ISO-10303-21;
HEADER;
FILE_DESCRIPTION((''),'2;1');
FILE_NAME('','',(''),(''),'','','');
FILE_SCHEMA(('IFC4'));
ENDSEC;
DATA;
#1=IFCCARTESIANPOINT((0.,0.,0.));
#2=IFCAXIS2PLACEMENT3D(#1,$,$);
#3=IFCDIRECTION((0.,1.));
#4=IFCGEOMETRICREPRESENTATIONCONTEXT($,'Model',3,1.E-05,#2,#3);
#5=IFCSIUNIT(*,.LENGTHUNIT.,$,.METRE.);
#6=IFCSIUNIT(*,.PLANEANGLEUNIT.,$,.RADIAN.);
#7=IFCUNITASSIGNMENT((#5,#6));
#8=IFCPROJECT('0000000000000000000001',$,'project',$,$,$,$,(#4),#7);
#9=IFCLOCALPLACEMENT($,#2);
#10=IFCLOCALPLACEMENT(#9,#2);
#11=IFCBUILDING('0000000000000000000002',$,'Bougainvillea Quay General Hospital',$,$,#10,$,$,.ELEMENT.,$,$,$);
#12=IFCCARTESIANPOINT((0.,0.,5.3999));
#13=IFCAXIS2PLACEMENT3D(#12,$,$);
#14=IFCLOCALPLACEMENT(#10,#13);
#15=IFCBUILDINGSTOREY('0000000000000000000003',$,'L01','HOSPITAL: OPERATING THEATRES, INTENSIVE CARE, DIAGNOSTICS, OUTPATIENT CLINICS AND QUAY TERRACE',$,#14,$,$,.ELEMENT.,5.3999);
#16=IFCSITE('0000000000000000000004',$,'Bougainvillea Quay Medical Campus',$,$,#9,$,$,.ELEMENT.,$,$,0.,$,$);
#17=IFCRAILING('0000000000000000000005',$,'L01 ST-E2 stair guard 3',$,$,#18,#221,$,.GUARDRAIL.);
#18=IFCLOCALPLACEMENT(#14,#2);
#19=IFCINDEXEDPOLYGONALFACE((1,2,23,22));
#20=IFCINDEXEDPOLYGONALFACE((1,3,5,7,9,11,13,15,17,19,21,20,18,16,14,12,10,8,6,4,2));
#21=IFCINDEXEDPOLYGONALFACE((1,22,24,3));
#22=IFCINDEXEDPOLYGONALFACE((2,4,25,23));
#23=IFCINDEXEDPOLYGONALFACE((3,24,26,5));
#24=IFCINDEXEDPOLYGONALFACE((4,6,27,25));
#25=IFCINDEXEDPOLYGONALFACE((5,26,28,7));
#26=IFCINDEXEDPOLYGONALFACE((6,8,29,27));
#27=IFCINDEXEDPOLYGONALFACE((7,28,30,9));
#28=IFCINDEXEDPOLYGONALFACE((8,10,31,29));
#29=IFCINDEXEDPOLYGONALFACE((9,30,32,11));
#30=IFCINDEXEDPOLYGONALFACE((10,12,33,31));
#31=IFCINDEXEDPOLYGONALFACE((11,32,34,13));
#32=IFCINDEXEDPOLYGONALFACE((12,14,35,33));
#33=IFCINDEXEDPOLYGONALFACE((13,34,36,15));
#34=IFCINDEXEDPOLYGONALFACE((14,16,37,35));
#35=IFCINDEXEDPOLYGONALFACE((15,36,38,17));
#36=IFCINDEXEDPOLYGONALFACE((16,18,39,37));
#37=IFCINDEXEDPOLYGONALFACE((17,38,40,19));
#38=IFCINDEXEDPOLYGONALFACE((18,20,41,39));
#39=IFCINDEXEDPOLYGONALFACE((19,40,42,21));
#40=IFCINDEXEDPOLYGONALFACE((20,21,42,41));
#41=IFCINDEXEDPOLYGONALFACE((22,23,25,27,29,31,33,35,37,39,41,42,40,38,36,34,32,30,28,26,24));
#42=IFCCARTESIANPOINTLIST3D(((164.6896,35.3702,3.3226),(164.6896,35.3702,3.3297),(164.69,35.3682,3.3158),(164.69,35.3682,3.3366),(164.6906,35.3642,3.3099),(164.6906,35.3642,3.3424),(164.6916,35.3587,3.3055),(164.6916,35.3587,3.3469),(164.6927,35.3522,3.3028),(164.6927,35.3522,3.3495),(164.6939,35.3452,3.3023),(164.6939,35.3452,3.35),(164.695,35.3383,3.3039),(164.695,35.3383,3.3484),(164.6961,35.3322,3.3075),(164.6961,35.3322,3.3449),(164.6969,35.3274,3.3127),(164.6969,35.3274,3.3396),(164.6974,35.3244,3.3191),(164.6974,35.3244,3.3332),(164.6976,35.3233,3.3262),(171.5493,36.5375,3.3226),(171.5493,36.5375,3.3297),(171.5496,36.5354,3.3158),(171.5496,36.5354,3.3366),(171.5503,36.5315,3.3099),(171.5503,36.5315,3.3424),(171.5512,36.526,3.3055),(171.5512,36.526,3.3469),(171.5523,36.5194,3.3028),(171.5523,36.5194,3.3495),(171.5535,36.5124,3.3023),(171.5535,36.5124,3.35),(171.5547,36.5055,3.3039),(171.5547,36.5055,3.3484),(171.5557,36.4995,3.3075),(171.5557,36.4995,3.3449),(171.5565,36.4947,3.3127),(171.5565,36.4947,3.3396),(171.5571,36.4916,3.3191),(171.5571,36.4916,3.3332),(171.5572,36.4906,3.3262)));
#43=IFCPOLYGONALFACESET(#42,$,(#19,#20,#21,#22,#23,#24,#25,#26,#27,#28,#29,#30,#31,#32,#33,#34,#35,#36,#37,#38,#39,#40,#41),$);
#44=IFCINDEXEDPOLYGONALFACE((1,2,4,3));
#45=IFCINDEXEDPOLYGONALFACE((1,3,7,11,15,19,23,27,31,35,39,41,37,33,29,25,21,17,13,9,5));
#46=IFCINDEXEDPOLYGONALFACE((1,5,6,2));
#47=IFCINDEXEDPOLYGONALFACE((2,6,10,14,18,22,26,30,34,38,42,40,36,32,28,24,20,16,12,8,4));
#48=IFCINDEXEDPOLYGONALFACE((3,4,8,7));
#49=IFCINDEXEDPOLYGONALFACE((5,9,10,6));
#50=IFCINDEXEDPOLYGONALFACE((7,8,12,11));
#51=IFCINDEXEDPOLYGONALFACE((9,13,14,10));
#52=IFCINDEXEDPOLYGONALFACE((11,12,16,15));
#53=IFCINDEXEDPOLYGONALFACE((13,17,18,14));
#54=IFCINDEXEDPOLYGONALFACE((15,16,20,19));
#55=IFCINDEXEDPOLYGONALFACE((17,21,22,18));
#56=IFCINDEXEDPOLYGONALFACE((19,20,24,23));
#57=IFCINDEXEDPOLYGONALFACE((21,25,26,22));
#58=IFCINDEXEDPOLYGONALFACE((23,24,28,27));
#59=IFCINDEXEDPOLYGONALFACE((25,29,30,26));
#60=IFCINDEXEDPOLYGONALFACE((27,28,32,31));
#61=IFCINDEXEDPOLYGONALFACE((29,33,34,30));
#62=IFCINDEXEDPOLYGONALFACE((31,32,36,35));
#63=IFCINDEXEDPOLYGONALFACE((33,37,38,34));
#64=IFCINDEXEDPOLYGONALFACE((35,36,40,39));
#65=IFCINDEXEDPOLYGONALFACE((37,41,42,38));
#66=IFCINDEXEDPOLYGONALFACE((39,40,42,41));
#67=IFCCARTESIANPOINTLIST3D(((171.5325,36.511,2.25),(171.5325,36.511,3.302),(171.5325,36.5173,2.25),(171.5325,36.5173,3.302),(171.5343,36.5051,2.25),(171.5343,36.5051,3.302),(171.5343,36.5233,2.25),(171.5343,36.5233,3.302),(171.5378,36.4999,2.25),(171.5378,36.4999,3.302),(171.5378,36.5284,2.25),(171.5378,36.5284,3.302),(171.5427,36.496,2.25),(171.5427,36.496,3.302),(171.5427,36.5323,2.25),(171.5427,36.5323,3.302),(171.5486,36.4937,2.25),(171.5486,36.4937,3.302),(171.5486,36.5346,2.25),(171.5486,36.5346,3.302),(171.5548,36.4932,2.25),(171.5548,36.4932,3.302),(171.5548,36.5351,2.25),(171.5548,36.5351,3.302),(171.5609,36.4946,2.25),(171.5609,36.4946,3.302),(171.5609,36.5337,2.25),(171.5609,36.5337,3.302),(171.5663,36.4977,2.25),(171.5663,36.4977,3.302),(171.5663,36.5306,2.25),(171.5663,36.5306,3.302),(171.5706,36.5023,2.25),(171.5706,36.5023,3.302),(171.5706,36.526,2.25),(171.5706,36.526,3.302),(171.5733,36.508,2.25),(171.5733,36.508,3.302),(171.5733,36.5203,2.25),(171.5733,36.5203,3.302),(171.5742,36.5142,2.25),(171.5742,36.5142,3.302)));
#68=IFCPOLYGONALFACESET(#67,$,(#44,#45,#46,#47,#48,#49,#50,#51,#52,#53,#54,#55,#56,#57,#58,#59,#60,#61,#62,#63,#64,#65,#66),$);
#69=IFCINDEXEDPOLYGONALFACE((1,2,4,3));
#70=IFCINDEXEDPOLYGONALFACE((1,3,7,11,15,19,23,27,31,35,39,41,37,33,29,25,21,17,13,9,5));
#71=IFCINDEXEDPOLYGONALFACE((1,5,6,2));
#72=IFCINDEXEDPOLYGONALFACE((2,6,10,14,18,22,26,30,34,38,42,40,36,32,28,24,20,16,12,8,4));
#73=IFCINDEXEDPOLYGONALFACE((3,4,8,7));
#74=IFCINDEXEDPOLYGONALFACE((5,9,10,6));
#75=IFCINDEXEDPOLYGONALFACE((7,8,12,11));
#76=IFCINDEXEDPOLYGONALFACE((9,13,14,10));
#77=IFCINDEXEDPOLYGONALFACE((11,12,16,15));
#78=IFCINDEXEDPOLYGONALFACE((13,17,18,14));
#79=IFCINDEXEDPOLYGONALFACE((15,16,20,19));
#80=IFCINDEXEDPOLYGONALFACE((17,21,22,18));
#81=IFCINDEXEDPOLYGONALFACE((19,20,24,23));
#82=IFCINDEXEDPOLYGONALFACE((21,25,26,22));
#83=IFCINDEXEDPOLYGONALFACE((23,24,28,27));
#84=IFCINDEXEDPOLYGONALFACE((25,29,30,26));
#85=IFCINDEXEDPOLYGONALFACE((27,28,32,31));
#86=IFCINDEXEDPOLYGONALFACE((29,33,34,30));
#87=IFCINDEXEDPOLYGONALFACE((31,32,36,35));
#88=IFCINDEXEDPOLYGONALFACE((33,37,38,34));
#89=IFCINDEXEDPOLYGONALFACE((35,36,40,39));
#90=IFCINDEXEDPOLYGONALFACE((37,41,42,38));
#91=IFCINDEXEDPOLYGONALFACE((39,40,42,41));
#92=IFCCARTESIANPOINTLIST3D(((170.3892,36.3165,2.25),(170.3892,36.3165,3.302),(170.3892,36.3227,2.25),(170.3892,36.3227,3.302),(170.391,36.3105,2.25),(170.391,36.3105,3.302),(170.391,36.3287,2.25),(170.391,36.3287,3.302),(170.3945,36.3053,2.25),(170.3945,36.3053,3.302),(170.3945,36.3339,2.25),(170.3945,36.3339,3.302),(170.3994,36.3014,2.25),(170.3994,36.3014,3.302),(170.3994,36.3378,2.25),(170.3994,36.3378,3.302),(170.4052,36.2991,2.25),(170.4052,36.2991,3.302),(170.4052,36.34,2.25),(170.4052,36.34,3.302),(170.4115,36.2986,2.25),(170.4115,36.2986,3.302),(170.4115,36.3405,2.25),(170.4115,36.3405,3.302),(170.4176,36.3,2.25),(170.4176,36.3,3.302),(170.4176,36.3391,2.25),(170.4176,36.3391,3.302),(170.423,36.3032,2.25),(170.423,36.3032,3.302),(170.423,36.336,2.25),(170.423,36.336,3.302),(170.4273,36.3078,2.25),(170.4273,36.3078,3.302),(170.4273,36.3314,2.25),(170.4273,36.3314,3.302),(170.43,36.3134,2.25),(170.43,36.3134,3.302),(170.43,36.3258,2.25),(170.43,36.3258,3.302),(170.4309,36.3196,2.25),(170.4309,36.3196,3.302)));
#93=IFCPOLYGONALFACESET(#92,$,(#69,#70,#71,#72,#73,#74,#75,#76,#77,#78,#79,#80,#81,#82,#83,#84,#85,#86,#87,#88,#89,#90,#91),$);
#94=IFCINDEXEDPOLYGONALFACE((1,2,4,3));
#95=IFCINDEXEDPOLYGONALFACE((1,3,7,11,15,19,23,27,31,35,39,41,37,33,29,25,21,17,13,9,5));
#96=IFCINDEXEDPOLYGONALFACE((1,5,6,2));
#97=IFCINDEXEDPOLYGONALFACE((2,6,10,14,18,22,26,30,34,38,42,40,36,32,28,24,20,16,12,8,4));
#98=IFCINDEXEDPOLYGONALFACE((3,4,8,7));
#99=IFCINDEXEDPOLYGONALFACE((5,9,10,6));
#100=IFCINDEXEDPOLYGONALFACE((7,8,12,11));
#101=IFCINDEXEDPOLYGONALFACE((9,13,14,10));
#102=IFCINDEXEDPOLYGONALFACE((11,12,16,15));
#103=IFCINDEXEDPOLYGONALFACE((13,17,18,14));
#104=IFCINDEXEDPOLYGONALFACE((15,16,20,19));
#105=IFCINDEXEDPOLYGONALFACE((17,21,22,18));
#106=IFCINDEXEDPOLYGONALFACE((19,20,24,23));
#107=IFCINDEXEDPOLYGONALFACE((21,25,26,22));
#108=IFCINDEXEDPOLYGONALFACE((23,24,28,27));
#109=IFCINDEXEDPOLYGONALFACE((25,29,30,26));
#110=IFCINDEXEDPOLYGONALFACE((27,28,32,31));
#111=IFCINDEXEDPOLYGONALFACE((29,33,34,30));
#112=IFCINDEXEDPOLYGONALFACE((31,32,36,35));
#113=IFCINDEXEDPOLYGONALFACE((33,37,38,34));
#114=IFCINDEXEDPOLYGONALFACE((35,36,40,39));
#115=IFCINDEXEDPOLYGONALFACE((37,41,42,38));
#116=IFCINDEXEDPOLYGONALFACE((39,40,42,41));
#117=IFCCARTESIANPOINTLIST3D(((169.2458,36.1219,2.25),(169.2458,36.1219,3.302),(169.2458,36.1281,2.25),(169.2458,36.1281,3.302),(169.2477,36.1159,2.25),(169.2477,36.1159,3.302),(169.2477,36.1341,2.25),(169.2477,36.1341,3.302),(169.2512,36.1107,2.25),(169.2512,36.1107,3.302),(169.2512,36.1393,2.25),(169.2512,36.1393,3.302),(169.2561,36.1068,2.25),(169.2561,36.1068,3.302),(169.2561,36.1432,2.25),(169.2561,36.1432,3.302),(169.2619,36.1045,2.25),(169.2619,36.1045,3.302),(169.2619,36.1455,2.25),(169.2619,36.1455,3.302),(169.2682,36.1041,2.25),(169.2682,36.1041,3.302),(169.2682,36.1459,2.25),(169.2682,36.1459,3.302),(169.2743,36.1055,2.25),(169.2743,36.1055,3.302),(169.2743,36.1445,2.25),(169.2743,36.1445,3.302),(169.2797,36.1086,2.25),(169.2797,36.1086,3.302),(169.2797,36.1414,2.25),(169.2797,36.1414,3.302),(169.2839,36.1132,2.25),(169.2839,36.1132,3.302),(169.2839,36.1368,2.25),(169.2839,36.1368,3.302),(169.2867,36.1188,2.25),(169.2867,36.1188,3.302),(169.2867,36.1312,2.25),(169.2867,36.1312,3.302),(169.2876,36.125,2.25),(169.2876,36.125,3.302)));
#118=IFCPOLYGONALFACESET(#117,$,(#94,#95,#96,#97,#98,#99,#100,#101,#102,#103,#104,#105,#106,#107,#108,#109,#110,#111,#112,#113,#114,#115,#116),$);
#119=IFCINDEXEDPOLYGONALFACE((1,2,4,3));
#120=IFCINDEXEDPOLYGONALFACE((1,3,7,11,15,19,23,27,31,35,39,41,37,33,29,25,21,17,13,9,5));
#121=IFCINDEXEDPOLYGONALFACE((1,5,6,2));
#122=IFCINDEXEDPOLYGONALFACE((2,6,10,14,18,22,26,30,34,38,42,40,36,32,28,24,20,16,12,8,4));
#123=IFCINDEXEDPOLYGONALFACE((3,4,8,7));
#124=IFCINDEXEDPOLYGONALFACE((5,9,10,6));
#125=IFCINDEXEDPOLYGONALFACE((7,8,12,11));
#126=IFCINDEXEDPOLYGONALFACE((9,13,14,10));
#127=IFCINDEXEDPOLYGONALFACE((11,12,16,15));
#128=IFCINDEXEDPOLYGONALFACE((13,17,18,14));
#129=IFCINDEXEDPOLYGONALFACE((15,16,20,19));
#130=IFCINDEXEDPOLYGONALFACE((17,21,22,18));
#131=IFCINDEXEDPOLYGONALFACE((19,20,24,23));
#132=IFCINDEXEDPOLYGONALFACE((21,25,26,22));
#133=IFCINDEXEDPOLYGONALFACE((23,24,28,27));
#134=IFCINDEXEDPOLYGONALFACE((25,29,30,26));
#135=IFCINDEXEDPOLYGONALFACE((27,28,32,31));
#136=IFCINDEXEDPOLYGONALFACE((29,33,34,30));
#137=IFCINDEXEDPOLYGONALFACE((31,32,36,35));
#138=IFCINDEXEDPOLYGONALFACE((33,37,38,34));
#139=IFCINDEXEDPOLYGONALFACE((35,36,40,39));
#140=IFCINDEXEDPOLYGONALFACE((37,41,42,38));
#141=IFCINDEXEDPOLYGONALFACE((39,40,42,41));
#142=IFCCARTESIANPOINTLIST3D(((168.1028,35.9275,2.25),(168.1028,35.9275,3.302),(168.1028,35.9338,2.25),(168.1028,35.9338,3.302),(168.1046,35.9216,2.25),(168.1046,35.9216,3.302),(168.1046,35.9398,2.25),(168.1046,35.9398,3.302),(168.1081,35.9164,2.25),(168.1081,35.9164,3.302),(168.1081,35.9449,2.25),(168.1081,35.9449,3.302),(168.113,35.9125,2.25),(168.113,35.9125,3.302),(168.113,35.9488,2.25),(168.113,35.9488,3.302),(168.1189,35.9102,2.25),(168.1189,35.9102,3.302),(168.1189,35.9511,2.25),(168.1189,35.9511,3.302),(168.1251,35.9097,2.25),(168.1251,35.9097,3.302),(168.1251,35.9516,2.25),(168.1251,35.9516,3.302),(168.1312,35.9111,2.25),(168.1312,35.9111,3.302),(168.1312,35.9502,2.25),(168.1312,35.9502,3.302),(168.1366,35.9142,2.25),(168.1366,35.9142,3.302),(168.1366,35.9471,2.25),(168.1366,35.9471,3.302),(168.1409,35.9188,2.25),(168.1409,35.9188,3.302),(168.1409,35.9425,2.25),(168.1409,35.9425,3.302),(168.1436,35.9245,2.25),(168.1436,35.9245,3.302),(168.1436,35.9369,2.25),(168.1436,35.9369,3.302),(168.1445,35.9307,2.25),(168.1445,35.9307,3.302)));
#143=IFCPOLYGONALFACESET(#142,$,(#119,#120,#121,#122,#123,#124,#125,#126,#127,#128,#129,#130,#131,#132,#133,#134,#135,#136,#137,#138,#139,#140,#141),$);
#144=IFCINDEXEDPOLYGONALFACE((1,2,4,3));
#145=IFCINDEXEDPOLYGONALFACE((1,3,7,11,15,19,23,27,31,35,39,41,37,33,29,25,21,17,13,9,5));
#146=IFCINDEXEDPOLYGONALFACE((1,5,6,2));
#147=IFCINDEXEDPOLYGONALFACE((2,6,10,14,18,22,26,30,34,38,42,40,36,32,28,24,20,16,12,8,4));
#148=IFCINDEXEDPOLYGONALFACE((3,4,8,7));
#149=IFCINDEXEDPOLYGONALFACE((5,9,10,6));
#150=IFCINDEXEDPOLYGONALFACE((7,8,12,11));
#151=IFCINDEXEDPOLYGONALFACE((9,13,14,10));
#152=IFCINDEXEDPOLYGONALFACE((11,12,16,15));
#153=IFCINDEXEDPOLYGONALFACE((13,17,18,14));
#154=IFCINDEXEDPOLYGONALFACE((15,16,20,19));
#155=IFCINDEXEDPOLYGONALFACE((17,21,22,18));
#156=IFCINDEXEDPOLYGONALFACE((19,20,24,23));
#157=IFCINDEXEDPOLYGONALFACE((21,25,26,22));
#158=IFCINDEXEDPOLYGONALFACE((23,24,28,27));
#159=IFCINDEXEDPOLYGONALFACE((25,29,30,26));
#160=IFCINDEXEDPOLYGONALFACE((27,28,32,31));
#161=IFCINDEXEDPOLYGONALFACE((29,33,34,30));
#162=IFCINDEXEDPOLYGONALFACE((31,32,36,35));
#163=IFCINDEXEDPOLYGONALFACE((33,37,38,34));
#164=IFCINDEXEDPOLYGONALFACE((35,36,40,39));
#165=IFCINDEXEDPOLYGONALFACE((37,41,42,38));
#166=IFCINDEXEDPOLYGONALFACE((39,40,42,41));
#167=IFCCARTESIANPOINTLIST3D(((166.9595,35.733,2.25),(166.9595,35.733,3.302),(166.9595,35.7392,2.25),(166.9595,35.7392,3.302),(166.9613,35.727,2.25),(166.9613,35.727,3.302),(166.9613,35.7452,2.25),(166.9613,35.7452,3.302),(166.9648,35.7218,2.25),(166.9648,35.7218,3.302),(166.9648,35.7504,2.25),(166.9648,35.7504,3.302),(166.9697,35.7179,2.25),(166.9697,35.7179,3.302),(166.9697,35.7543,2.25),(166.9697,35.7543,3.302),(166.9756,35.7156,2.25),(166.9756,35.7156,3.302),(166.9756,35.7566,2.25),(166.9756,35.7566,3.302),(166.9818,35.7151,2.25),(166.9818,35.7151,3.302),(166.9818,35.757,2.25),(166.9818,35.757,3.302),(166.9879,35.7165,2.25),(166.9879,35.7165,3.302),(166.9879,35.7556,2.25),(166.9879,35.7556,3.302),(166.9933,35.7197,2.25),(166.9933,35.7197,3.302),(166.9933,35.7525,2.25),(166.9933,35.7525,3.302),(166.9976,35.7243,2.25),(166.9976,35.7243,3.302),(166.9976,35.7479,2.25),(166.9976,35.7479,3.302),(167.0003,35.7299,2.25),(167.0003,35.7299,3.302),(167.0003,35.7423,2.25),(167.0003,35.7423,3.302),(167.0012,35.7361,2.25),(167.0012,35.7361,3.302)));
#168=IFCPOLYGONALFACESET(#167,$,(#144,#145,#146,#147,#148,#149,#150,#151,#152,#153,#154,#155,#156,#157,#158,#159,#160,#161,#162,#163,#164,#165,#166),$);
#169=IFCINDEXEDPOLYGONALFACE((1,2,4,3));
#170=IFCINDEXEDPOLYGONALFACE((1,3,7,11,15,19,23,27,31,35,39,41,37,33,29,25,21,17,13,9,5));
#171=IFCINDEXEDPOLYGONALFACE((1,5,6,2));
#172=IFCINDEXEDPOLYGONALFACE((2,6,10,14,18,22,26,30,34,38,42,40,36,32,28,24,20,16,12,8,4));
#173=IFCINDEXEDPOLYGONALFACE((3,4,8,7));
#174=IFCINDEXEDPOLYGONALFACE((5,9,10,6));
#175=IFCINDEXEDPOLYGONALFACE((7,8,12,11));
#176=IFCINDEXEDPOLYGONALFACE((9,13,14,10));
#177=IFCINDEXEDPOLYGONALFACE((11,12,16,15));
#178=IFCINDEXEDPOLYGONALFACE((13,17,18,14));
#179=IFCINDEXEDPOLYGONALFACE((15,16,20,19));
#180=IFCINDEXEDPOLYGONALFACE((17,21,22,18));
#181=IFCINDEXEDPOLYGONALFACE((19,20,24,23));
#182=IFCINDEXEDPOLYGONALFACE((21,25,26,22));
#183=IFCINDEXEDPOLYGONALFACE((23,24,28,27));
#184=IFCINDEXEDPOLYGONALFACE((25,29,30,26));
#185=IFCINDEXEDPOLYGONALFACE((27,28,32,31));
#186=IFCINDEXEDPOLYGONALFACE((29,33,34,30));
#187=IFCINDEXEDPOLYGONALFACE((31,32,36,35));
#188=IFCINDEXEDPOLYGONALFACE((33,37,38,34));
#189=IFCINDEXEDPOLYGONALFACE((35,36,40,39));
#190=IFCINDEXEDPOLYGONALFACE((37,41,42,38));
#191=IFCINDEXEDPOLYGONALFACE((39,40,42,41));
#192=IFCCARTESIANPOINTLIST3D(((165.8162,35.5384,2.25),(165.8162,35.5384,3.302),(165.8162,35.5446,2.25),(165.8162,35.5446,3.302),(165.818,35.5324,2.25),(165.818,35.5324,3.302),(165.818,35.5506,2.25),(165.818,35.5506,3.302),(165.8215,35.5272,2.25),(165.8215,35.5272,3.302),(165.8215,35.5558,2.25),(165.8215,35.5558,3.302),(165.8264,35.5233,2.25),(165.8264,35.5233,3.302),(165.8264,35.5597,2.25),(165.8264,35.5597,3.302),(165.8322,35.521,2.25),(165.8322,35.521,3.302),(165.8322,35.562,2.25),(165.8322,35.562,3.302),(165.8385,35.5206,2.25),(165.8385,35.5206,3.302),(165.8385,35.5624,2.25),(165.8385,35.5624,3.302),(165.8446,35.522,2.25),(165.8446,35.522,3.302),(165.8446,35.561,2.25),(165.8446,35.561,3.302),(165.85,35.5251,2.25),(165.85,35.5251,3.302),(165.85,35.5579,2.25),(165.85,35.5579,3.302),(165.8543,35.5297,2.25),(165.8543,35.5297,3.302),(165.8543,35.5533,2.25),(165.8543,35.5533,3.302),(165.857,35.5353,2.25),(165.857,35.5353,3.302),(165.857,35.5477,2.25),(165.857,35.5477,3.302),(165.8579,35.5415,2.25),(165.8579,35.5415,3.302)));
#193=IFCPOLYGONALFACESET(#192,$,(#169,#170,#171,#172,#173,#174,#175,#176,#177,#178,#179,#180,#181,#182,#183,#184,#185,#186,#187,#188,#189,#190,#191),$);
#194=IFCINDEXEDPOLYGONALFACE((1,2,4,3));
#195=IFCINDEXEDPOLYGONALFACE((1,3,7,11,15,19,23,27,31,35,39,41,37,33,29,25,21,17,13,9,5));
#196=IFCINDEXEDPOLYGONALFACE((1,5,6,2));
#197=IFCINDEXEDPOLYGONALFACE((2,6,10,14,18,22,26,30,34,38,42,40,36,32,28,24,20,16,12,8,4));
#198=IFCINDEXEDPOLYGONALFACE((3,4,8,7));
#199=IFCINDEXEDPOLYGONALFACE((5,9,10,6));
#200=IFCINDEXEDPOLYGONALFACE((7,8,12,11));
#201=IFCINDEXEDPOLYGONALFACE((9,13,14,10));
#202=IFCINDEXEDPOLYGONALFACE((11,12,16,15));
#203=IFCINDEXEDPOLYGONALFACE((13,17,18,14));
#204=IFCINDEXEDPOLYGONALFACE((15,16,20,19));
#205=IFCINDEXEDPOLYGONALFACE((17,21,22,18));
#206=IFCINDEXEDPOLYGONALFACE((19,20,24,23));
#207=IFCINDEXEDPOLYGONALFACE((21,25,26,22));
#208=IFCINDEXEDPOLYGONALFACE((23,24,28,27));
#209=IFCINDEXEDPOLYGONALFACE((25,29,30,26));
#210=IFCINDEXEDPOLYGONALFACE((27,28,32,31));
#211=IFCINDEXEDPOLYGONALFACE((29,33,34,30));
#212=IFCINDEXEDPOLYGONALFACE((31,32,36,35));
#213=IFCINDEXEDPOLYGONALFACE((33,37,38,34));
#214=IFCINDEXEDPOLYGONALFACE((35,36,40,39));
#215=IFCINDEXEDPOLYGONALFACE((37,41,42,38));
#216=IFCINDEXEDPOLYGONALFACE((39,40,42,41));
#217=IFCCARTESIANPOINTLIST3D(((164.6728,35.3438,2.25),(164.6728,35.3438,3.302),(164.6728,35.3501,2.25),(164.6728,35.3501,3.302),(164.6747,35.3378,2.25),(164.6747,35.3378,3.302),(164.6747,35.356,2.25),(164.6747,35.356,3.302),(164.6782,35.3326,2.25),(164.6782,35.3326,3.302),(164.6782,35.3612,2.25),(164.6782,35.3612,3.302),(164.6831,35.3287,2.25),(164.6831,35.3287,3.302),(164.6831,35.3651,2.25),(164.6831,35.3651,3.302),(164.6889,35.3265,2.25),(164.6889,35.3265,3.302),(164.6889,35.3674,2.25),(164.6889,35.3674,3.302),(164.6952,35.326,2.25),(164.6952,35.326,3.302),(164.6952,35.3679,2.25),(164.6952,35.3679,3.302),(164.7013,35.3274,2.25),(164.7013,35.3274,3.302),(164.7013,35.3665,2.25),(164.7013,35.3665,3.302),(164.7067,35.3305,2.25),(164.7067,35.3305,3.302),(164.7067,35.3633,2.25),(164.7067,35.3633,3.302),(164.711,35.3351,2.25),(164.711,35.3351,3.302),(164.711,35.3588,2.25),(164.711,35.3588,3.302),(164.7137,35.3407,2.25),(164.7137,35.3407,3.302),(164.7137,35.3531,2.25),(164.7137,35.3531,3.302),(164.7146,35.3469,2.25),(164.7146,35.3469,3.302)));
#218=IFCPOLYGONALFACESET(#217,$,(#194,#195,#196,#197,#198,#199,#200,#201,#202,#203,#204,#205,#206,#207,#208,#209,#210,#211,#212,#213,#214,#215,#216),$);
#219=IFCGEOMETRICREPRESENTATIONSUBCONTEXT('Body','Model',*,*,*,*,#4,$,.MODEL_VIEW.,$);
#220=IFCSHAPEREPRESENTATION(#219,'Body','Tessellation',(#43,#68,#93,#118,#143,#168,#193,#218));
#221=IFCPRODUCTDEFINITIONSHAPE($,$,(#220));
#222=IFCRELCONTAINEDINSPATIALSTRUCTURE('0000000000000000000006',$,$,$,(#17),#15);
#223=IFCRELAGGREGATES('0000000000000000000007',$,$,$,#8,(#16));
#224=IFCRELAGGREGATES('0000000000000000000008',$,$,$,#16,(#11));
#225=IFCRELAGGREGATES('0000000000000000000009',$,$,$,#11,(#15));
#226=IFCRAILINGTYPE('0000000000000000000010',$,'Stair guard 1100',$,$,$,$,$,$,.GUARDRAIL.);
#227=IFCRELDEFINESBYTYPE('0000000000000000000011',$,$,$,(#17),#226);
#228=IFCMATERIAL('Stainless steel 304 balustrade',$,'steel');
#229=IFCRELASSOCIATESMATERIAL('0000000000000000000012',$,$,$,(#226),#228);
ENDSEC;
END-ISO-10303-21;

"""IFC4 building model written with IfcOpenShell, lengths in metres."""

from ifc_helpers import new_model, si_unit, direction, frame, origin, origin_2d, place, context, subcontext, project, spatial, circle, extrude, material, type_object, element, save


model = new_model("IFC4")

# Units and contexts
model_context = context("Model", 3, precision=1e-05, world=origin(), true_north=direction((0.0, 1.0)))
body_context = subcontext(model_context, "Body", "Model", "MODEL_VIEW")
ifc_project = project(units=[si_unit("LENGTHUNIT", "METRE"), si_unit("PLANEANGLEUNIT", "RADIAN")], contexts=[model_context])

# Site, building, storey
site_placement = place(None, origin())
site = spatial("IfcSite", under=ifc_project, at=site_placement, Name="Bougainvillea Quay Medical Campus", CompositionType="ELEMENT", RefElevation=0.0)
building_placement = place(site_placement, origin())
building = spatial("IfcBuilding", under=site, at=building_placement, Name="Bougainvillea Quay General Hospital", CompositionType="ELEMENT")
storey_placement = place(building_placement, frame((0.0, 0.0, 5.3999)))
storey = spatial("IfcBuildingStorey", under=building, at=storey_placement, Name="L01", Description="HOSPITAL: OPERATING THEATRES, INTENSIVE CARE, DIAGNOSTICS, OUTPATIENT CLINICS AND QUAY TERRACE", CompositionType="ELEMENT", Elevation=5.3999)

# Railing
ifc_material_1 = material(Name="Stainless steel 304 balustrade", Category="steel")
railing_type = type_object("IfcRailingType", Name="Stair guard 1100", PredefinedType="GUARDRAIL", material=ifc_material_1)
railing_1_placement = place(storey_placement, frame((171.5532, 36.5142, 2.25)))
element("IfcRailing", 1, at=railing_1_placement, inside=storey, type_object=railing_type, Name="L01 ST-E2 stair guard 3", PredefinedType="GUARDRAIL", context=body_context, shape_type="SweptSolid", body=[
    extrude(circle(Radius=0.0239, at=origin_2d()), frame((0.0, 0.0, 1.0762), z_axis=(-0.98583, -0.167749, 0.0), x_axis=(0.167749, -0.98583, 0.0)), (0.0, 0.0, 1.0), 6.9583),
    extrude(circle(Radius=0.021, at=origin_2d()), origin(), (0.0, 0.0, 1.0), 1.052),
    extrude(circle(Radius=0.021, at=origin_2d()), frame((-1.1433, -0.1946, 0.0)), (0.0, 0.0, 1.0), 1.052),
    extrude(circle(Radius=0.021, at=origin_2d()), frame((-2.2866, -0.3892, 0.0)), (0.0, 0.0, 1.0), 1.052),
    extrude(circle(Radius=0.021, at=origin_2d()), frame((-3.4297, -0.5835, 0.0)), (0.0, 0.0, 1.0), 1.052),
    extrude(circle(Radius=0.021, at=origin_2d()), frame((-4.573, -0.7781, 0.0)), (0.0, 0.0, 1.0), 1.052),
    extrude(circle(Radius=0.021, at=origin_2d()), frame((-5.7163, -0.9727, 0.0)), (0.0, 0.0, 1.0), 1.052),
    extrude(circle(Radius=0.021, at=origin_2d()), frame((-6.8596, -1.1672, 0.0)), (0.0, 0.0, 1.0), 1.052),
])

save(model, "model.ifc")
